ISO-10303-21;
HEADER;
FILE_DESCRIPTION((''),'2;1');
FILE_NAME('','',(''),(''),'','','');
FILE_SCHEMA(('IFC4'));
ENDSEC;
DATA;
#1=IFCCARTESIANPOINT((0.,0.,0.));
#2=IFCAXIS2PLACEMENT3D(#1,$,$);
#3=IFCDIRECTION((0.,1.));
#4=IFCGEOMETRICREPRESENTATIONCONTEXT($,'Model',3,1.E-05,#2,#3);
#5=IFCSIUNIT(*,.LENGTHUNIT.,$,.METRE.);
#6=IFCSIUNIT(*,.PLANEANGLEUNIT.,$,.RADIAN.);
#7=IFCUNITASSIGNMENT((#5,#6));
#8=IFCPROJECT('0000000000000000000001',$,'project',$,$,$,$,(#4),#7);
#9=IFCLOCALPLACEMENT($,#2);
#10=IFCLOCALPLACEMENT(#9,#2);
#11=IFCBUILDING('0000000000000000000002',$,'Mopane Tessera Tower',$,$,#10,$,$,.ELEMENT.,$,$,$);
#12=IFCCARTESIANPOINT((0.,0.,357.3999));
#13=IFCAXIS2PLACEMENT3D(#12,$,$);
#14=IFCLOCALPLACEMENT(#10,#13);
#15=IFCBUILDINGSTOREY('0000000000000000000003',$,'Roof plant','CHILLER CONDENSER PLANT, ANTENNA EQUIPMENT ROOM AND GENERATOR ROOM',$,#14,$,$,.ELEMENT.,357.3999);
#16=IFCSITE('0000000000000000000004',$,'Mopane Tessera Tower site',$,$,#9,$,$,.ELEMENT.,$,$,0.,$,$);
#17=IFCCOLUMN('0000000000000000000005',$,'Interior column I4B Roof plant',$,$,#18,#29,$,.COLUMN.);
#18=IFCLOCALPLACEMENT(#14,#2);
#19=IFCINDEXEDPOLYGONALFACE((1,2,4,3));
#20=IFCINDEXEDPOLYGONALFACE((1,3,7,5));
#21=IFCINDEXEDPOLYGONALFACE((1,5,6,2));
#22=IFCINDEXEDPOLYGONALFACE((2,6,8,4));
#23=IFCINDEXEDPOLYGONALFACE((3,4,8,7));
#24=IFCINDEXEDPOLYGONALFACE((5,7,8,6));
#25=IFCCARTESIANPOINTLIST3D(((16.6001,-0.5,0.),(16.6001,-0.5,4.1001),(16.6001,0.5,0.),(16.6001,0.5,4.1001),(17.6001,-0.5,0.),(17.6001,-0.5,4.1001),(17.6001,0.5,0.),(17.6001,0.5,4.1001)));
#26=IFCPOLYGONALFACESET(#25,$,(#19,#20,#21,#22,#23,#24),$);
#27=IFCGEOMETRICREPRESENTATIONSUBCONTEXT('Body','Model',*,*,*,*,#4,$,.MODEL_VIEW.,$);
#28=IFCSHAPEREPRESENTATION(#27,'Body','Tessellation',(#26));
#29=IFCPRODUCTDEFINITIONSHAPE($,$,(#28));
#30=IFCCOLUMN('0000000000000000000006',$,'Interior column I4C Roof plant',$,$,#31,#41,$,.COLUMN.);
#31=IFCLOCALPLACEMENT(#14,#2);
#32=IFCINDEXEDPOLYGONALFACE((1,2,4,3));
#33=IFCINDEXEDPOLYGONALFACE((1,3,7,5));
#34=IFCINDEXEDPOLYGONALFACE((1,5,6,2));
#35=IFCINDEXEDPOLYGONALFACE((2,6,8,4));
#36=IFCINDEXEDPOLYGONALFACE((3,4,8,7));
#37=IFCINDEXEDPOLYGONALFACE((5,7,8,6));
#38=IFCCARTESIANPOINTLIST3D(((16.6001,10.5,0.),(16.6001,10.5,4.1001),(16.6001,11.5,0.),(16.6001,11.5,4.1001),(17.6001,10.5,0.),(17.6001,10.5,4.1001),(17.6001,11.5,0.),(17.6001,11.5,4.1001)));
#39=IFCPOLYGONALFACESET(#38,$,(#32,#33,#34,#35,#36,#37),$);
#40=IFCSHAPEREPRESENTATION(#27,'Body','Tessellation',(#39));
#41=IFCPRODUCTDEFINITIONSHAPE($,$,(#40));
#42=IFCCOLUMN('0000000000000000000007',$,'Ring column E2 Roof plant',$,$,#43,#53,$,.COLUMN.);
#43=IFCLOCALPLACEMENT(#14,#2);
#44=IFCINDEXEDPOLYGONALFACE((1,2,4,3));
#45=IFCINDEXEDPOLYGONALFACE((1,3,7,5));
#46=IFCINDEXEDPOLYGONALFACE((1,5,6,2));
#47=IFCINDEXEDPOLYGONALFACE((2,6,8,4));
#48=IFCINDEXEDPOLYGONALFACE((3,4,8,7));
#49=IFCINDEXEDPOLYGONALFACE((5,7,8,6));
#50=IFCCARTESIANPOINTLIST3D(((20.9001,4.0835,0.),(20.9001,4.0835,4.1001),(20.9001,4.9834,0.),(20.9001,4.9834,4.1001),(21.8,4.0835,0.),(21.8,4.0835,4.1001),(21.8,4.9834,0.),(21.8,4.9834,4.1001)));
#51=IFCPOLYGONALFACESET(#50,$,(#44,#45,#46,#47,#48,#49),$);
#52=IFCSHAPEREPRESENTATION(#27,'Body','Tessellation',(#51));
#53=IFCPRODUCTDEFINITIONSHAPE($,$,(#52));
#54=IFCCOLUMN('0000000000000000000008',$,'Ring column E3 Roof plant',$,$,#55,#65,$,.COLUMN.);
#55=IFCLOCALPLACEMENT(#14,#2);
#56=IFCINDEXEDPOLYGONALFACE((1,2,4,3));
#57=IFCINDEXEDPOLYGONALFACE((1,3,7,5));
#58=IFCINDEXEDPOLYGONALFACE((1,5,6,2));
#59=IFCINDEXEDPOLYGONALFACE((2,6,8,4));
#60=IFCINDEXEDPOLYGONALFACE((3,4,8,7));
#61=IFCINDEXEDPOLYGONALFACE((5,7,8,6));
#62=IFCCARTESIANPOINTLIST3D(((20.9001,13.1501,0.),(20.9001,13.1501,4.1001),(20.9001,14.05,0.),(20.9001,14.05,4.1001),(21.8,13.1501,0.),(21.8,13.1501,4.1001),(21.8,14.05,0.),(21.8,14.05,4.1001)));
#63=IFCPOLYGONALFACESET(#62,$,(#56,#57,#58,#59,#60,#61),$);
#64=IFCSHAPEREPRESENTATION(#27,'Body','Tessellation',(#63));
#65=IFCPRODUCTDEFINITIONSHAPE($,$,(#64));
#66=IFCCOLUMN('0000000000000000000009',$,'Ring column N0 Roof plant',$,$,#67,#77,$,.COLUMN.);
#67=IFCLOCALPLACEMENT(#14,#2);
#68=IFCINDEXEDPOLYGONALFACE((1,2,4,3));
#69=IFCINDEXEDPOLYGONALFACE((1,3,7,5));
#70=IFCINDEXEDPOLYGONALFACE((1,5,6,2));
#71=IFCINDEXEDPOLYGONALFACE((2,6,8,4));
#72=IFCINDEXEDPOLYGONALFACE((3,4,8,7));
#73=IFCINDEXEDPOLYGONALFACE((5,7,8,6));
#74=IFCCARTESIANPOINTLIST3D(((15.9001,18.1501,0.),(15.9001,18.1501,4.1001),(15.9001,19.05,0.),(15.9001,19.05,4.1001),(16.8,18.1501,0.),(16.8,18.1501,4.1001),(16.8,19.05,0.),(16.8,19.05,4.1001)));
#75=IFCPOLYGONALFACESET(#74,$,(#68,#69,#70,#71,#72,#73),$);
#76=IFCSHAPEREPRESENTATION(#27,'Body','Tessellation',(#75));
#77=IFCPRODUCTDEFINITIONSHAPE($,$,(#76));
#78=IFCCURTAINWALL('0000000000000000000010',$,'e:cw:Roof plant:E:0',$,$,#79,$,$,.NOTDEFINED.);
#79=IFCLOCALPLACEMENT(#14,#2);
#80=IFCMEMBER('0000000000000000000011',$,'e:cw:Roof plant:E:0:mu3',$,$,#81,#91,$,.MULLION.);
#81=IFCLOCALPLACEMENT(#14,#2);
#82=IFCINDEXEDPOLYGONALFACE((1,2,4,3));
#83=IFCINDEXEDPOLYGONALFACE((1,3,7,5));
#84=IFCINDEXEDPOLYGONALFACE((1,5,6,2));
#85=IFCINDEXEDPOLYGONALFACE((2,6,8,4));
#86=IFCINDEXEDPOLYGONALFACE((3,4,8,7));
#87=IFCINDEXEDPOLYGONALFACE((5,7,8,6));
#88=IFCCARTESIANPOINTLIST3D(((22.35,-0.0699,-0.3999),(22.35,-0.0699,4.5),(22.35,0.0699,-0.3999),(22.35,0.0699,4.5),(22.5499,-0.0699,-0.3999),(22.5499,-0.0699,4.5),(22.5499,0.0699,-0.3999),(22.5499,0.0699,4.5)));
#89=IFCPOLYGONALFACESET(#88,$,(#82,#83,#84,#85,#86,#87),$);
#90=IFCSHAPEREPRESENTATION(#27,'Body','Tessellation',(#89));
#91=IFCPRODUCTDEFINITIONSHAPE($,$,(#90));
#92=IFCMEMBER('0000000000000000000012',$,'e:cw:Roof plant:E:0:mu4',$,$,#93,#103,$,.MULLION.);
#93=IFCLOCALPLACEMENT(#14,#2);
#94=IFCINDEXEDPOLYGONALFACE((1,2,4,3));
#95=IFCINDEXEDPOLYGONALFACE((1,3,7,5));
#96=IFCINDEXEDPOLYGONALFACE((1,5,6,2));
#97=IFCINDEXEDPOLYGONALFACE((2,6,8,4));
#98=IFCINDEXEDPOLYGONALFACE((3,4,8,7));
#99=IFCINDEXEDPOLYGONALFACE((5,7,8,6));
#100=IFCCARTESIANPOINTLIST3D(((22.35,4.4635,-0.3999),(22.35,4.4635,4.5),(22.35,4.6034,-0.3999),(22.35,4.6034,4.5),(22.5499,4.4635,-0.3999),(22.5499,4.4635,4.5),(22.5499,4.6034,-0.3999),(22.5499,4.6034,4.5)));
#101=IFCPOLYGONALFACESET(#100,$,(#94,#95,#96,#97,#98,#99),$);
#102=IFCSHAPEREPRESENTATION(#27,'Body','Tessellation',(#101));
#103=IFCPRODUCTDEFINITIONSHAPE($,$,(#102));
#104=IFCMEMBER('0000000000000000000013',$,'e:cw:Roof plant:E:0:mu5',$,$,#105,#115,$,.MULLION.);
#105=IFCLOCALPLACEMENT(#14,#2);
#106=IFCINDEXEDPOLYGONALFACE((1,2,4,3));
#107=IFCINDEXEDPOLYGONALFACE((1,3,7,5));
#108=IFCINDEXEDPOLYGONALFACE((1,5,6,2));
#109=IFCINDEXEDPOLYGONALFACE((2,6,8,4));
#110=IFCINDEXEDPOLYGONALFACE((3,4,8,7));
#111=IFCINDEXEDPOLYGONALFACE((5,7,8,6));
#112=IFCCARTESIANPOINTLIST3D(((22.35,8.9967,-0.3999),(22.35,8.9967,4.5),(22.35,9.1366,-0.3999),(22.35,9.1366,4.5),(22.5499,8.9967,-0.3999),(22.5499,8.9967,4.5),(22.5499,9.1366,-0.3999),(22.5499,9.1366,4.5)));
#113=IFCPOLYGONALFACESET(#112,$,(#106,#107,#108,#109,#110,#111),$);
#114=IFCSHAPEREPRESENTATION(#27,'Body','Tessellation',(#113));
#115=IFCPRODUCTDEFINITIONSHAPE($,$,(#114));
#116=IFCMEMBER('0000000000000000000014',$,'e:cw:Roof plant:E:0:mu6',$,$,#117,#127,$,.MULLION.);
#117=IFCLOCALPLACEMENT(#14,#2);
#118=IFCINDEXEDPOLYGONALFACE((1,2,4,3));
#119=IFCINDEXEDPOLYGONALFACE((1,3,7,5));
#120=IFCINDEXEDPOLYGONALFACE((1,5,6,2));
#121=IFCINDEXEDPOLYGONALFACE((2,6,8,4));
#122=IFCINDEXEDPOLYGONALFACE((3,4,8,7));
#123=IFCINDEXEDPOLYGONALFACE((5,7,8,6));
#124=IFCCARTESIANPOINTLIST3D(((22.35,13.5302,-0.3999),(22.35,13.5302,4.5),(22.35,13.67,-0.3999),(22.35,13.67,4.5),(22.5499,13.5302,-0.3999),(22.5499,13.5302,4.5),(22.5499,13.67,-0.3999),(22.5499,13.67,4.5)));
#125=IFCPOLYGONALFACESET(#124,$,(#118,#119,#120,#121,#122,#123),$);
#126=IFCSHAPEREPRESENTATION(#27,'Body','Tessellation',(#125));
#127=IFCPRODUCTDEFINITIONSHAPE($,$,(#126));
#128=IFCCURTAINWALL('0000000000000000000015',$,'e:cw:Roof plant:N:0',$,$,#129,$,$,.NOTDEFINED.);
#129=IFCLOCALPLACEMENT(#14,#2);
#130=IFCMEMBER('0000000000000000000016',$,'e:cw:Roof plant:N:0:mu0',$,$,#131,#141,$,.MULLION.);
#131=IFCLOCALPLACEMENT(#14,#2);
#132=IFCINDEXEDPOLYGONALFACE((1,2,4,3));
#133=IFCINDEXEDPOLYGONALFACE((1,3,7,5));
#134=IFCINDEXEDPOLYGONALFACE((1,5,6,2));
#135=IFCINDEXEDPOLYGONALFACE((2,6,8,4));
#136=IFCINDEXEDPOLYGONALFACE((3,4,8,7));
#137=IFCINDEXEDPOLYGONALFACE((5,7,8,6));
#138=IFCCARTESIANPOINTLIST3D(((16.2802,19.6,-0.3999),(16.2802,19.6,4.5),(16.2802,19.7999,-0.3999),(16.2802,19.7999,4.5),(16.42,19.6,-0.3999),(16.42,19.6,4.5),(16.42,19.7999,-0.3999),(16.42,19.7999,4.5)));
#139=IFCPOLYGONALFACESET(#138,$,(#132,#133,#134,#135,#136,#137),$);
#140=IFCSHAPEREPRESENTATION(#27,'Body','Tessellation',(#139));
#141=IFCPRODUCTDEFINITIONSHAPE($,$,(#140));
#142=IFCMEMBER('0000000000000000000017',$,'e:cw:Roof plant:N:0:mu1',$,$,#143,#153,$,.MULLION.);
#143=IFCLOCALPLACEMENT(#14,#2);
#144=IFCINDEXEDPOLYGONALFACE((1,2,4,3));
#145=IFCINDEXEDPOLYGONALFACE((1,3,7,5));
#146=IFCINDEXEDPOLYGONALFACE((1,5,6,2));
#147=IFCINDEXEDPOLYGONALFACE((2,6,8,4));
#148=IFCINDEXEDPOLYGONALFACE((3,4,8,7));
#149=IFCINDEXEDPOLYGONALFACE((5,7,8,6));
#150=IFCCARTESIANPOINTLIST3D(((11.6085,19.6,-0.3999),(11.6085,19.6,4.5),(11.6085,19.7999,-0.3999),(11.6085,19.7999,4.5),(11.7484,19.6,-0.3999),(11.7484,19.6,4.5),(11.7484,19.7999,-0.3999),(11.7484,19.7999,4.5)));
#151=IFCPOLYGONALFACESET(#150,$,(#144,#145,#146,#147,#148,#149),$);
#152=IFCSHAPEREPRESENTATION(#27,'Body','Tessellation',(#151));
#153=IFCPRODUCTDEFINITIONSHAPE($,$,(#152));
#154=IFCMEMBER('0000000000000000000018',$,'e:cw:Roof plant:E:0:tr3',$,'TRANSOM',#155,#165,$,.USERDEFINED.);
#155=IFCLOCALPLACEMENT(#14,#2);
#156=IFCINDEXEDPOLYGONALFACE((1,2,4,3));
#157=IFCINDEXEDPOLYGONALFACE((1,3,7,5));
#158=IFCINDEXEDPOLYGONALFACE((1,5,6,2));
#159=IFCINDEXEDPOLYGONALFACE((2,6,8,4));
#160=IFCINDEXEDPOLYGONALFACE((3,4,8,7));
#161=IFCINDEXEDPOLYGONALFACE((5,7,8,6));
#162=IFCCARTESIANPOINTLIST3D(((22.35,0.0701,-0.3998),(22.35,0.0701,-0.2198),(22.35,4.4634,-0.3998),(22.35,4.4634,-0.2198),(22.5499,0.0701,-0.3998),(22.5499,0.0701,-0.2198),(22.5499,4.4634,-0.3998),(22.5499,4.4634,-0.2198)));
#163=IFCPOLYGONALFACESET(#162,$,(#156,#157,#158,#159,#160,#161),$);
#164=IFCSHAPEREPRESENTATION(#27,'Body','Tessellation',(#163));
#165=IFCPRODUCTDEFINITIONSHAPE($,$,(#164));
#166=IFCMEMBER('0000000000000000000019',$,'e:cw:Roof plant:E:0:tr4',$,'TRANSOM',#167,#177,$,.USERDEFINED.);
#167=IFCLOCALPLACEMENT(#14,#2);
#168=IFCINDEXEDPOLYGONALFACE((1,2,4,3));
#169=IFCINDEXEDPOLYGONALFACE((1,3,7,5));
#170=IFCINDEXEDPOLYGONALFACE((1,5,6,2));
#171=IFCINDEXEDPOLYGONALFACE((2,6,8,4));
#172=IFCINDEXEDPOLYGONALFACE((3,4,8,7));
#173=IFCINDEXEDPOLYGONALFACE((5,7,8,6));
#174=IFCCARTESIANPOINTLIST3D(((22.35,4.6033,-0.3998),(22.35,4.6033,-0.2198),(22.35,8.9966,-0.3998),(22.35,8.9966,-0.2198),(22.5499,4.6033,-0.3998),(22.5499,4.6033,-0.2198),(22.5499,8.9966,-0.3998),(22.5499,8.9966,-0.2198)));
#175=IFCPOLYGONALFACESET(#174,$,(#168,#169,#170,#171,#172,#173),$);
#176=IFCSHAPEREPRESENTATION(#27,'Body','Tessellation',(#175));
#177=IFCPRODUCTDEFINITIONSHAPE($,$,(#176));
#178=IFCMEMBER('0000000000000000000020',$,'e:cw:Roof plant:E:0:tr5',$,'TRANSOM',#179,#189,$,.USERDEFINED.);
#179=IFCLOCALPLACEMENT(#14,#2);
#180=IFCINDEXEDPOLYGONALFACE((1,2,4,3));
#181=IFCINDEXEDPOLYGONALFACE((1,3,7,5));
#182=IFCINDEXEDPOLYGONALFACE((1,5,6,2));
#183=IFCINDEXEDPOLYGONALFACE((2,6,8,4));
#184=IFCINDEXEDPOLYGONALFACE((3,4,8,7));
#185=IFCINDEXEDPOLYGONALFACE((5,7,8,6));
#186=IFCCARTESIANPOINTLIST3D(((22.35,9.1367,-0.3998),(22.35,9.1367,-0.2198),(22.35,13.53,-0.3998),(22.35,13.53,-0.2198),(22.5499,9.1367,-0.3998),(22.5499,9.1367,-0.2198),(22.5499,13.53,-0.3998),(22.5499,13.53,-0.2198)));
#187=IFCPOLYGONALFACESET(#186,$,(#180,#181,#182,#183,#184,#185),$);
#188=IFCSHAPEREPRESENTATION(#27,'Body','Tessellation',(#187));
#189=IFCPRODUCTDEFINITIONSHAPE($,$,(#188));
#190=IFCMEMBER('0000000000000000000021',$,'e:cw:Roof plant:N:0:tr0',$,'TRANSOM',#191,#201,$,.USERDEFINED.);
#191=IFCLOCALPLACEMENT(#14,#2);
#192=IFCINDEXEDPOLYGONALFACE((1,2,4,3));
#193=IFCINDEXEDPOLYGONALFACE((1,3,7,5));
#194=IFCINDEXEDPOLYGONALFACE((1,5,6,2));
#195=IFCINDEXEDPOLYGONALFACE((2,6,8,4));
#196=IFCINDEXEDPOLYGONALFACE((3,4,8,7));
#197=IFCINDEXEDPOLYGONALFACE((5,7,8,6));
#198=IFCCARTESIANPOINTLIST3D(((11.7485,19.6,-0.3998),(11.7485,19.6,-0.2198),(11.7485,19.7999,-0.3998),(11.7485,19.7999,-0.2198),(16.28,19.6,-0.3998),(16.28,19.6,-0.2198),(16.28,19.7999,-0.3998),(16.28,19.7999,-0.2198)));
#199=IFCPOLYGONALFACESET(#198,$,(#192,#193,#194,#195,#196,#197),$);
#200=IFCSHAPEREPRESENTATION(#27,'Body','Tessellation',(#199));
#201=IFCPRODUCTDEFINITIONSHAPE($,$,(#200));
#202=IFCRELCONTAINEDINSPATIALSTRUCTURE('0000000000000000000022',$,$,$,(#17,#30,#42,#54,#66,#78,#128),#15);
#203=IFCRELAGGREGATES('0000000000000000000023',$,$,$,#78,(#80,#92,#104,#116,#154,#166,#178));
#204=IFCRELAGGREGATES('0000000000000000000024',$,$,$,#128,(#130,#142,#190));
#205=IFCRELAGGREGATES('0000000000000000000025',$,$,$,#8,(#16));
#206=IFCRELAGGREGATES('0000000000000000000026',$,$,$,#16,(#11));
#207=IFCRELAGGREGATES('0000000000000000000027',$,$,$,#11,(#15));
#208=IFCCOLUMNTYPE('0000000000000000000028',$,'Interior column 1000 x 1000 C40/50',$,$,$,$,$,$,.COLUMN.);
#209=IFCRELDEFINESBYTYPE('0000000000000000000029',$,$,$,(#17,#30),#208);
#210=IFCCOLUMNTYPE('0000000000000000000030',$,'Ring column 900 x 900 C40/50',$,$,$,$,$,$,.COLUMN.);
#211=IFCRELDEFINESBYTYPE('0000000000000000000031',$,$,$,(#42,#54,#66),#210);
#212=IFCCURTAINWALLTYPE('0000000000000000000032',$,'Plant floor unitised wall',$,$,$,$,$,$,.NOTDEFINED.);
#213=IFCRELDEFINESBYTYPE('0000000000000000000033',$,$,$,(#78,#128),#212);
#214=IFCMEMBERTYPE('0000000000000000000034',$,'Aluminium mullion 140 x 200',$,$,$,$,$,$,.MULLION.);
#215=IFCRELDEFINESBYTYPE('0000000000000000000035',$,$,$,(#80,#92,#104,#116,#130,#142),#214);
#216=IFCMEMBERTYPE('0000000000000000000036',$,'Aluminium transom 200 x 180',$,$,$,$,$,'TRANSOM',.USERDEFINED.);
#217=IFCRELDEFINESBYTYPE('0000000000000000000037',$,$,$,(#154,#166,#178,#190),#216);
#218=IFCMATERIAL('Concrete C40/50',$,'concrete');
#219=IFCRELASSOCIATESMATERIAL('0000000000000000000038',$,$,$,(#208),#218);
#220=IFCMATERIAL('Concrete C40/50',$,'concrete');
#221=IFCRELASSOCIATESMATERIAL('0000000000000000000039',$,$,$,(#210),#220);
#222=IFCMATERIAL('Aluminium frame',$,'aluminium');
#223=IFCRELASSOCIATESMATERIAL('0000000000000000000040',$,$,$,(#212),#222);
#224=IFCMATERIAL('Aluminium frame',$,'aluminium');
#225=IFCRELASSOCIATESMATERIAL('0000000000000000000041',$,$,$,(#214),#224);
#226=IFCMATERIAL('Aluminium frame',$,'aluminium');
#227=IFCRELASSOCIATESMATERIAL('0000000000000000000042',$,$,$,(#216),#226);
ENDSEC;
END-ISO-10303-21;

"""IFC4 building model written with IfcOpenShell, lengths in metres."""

from ifc_helpers import new_model, si_unit, direction, frame, origin, origin_2d, place, context, subcontext, project, spatial, rectangle, extrude, material, material_profile, profile_set, type_object, element, aggregate, save


model = new_model("IFC4")

# Units and contexts
model_context = context("Model", 3, precision=1e-05, world=origin(), true_north=direction((0.0, 1.0)))
body_context = subcontext(model_context, "Body", "Model", "MODEL_VIEW")
ifc_project = project(units=[si_unit("LENGTHUNIT", "METRE"), si_unit("PLANEANGLEUNIT", "RADIAN")], contexts=[model_context])

# Site, building, storey
site_placement = place(None, origin())
site = spatial("IfcSite", under=ifc_project, at=site_placement, Name="Mopane Tessera Tower site", CompositionType="ELEMENT", RefElevation=0.0)
building_placement = place(site_placement, origin())
building = spatial("IfcBuilding", under=site, at=building_placement, Name="Mopane Tessera Tower", CompositionType="ELEMENT")
storey_placement = place(building_placement, frame((0.0, 0.0, 357.3999)))
storey = spatial("IfcBuildingStorey", under=building, at=storey_placement, Name="Roof plant", Description="CHILLER CONDENSER PLANT, ANTENNA EQUIPMENT ROOM AND GENERATOR ROOM", CompositionType="ELEMENT", Elevation=357.3999)

# Columns
ifc_material_1 = material(Name="Concrete C40/50", Category="concrete")
ifc_material_profile_1 = material_profile(ifc_material_1, rectangle(XDim=1.0, YDim=1.0, at=origin_2d()))
ifc_profile_set_1 = profile_set([ifc_material_profile_1], Name="Concrete C40/50")
column_type_1 = type_object("IfcColumnType", Name="Interior column 1000 x 1000 C40/50", PredefinedType="COLUMN", material=ifc_profile_set_1)
for number, where, z_axis, x_axis, name in (
    (1, (17.1001, 0.0, 0.0), (0.0, 0.0, 1.0), (1.0, 0.0, 0.0), "Interior column I4B Roof plant"),
    (2, (17.1001, 11.0, 0.0), (0.0, 0.0, 1.0), (1.0, 0.0, 0.0), "Interior column I4C Roof plant"),
):
    element("IfcColumn", number, at=place(storey_placement, frame(where, z_axis=z_axis, x_axis=x_axis)), inside=storey, type_object=column_type_1, Name=name, PredefinedType="COLUMN", context=body_context, shape_type="SweptSolid", body=[
        extrude(rectangle(XDim=1.0, YDim=1.0, at=origin_2d()), origin(), (0.0, 0.0, 1.0), 4.1001),
    ])
ifc_material_2 = material(Name="Concrete C40/50", Category="concrete")
ifc_material_profile_2 = material_profile(ifc_material_2, rectangle(XDim=0.8999, YDim=0.8999, at=origin_2d()))
ifc_profile_set_2 = profile_set([ifc_material_profile_2], Name="Concrete C40/50")
column_type_2 = type_object("IfcColumnType", Name="Ring column 900 x 900 C40/50", PredefinedType="COLUMN", material=ifc_profile_set_2)
for number, where, z_axis, x_axis, name in (
    (3, (21.3501, 4.5334, 0.0), (0.0, 0.0, 1.0), (1.0, 0.0, 0.0), "Ring column E2 Roof plant"),
    (4, (21.3501, 13.6001, 0.0), (0.0, 0.0, 1.0), (1.0, 0.0, 0.0), "Ring column E3 Roof plant"),
    (5, (16.3501, 18.6001, 0.0), (0.0, 0.0, 1.0), (1.0, 0.0, 0.0), "Ring column N0 Roof plant"),
):
    element("IfcColumn", number, at=place(storey_placement, frame(where, z_axis=z_axis, x_axis=x_axis)), inside=storey, type_object=column_type_2, Name=name, PredefinedType="COLUMN", context=body_context, shape_type="SweptSolid", body=[
        extrude(rectangle(XDim=0.8999, YDim=0.8999, at=origin_2d()), origin(), (0.0, 0.0, 1.0), 4.1001),
    ])

# Curtain walls, members
ifc_material_3 = material(Name="Aluminium frame", Category="aluminium")
curtain_wall_type = type_object("IfcCurtainWallType", Name="Plant floor unitised wall", PredefinedType="NOTDEFINED", material=ifc_material_3)
curtain_wall_1_placement = place(storey_placement, origin())
curtain_wall_1 = element("IfcCurtainWall", 6, at=curtain_wall_1_placement, inside=storey, type_object=curtain_wall_type, Name="e:cw:Roof plant:E:0", PredefinedType="NOTDEFINED")
ifc_material_4 = material(Name="Aluminium frame", Category="aluminium")
ifc_material_profile_3 = material_profile(ifc_material_4, rectangle(XDim=0.1399, YDim=0.2, at=origin_2d()))
ifc_profile_set_3 = profile_set([ifc_material_profile_3], Name="Aluminium frame")
member_type_1 = type_object("IfcMemberType", Name="Aluminium mullion 140 x 200", PredefinedType="MULLION", material=ifc_profile_set_3)
member_1_placement = place(storey_placement, frame((22.45, 0.0, -0.3999), z_axis=(0.0, 0.0, 1.0), x_axis=(0.0, 1.0, 0.0)))
member_1 = element("IfcMember", 7, at=member_1_placement, type_object=member_type_1, Name="e:cw:Roof plant:E:0:mu3", PredefinedType="MULLION", context=body_context, shape_type="SweptSolid", body=[
    extrude(rectangle(XDim=0.1399, YDim=0.2, at=origin_2d()), origin(), (0.0, 0.0, 1.0), 4.8999),
])
member_2_placement = place(storey_placement, frame((22.45, 4.5334, -0.3999), z_axis=(0.0, 0.0, 1.0), x_axis=(0.0, 1.0, 0.0)))
member_2 = element("IfcMember", 8, at=member_2_placement, type_object=member_type_1, Name="e:cw:Roof plant:E:0:mu4", PredefinedType="MULLION", context=body_context, shape_type="SweptSolid", body=[
    extrude(rectangle(XDim=0.1399, YDim=0.2, at=origin_2d()), origin(), (0.0, 0.0, 1.0), 4.8999),
])
member_3_placement = place(storey_placement, frame((22.45, 9.0667, -0.3999), z_axis=(0.0, 0.0, 1.0), x_axis=(0.0, 1.0, 0.0)))
member_3 = element("IfcMember", 9, at=member_3_placement, type_object=member_type_1, Name="e:cw:Roof plant:E:0:mu5", PredefinedType="MULLION", context=body_context, shape_type="SweptSolid", body=[
    extrude(rectangle(XDim=0.1399, YDim=0.2, at=origin_2d()), origin(), (0.0, 0.0, 1.0), 4.8999),
])
member_4_placement = place(storey_placement, frame((22.45, 13.6001, -0.3999), z_axis=(0.0, 0.0, 1.0), x_axis=(0.0, 1.0, 0.0)))
member_4 = element("IfcMember", 10, at=member_4_placement, type_object=member_type_1, Name="e:cw:Roof plant:E:0:mu6", PredefinedType="MULLION", context=body_context, shape_type="SweptSolid", body=[
    extrude(rectangle(XDim=0.1399, YDim=0.2, at=origin_2d()), origin(), (0.0, 0.0, 1.0), 4.8999),
])
curtain_wall_2_placement = place(storey_placement, origin())
curtain_wall_2 = element("IfcCurtainWall", 11, at=curtain_wall_2_placement, inside=storey, type_object=curtain_wall_type, Name="e:cw:Roof plant:N:0", PredefinedType="NOTDEFINED")
member_5_placement = place(storey_placement, frame((16.3501, 19.7, -0.3999), z_axis=(0.0, 0.0, 1.0), x_axis=(-1.0, 0.0, 0.0)))
member_5 = element("IfcMember", 12, at=member_5_placement, type_object=member_type_1, Name="e:cw:Roof plant:N:0:mu0", PredefinedType="MULLION", context=body_context, shape_type="SweptSolid", body=[
    extrude(rectangle(XDim=0.1399, YDim=0.2, at=origin_2d()), origin(), (0.0, 0.0, 1.0), 4.8999),
])
member_6_placement = place(storey_placement, frame((11.6785, 19.7, -0.3999), z_axis=(0.0, 0.0, 1.0), x_axis=(-1.0, 0.0, 0.0)))
member_6 = element("IfcMember", 13, at=member_6_placement, type_object=member_type_1, Name="e:cw:Roof plant:N:0:mu1", PredefinedType="MULLION", context=body_context, shape_type="SweptSolid", body=[
    extrude(rectangle(XDim=0.1399, YDim=0.2, at=origin_2d()), origin(), (0.0, 0.0, 1.0), 4.8999),
])

# Members
ifc_material_5 = material(Name="Aluminium frame", Category="aluminium")
ifc_material_profile_4 = material_profile(ifc_material_5, rectangle(XDim=0.2, YDim=0.1799, at=origin_2d()))
ifc_profile_set_4 = profile_set([ifc_material_profile_4], Name="Aluminium frame")
member_type_2 = type_object("IfcMemberType", Name="Aluminium transom 200 x 180", ElementType="TRANSOM", PredefinedType="USERDEFINED", material=ifc_profile_set_4)
member_7_placement = place(storey_placement, frame((22.45, 0.0701, -0.3098), z_axis=(0.0, 1.0, 0.0), x_axis=(-1.0, 0.0, 0.0)))
member_7 = element("IfcMember", 14, at=member_7_placement, type_object=member_type_2, Name="e:cw:Roof plant:E:0:tr3", ObjectType="TRANSOM", PredefinedType="USERDEFINED", context=body_context, shape_type="SweptSolid", body=[
    extrude(rectangle(XDim=0.2, YDim=0.1799, at=origin_2d()), origin(), (0.0, 0.0, 1.0), 4.3933),
])
member_8_placement = place(storey_placement, frame((22.45, 4.6033, -0.3098), z_axis=(0.0, 1.0, 0.0), x_axis=(-1.0, 0.0, 0.0)))
member_8 = element("IfcMember", 15, at=member_8_placement, type_object=member_type_2, Name="e:cw:Roof plant:E:0:tr4", ObjectType="TRANSOM", PredefinedType="USERDEFINED", context=body_context, shape_type="SweptSolid", body=[
    extrude(rectangle(XDim=0.2, YDim=0.1799, at=origin_2d()), origin(), (0.0, 0.0, 1.0), 4.3933),
])
member_9_placement = place(storey_placement, frame((22.45, 9.1367, -0.3098), z_axis=(0.0, 1.0, 0.0), x_axis=(-1.0, 0.0, 0.0)))
member_9 = element("IfcMember", 16, at=member_9_placement, type_object=member_type_2, Name="e:cw:Roof plant:E:0:tr5", ObjectType="TRANSOM", PredefinedType="USERDEFINED", context=body_context, shape_type="SweptSolid", body=[
    extrude(rectangle(XDim=0.2, YDim=0.1799, at=origin_2d()), origin(), (0.0, 0.0, 1.0), 4.3933),
])
member_10_placement = place(storey_placement, frame((16.28, 19.7, -0.3098), z_axis=(-1.0, 0.0, 0.0), x_axis=(0.0, -1.0, 0.0)))
member_10 = element("IfcMember", 17, at=member_10_placement, type_object=member_type_2, Name="e:cw:Roof plant:N:0:tr0", ObjectType="TRANSOM", PredefinedType="USERDEFINED", context=body_context, shape_type="SweptSolid", body=[
    extrude(rectangle(XDim=0.2, YDim=0.1799, at=origin_2d()), origin(), (0.0, 0.0, 1.0), 4.5315),
])

aggregate(curtain_wall_1, [member_1, member_2, member_3, member_4, member_7, member_8, member_9])
aggregate(curtain_wall_2, [member_5, member_6, member_10])

save(model, "model.ifc")
